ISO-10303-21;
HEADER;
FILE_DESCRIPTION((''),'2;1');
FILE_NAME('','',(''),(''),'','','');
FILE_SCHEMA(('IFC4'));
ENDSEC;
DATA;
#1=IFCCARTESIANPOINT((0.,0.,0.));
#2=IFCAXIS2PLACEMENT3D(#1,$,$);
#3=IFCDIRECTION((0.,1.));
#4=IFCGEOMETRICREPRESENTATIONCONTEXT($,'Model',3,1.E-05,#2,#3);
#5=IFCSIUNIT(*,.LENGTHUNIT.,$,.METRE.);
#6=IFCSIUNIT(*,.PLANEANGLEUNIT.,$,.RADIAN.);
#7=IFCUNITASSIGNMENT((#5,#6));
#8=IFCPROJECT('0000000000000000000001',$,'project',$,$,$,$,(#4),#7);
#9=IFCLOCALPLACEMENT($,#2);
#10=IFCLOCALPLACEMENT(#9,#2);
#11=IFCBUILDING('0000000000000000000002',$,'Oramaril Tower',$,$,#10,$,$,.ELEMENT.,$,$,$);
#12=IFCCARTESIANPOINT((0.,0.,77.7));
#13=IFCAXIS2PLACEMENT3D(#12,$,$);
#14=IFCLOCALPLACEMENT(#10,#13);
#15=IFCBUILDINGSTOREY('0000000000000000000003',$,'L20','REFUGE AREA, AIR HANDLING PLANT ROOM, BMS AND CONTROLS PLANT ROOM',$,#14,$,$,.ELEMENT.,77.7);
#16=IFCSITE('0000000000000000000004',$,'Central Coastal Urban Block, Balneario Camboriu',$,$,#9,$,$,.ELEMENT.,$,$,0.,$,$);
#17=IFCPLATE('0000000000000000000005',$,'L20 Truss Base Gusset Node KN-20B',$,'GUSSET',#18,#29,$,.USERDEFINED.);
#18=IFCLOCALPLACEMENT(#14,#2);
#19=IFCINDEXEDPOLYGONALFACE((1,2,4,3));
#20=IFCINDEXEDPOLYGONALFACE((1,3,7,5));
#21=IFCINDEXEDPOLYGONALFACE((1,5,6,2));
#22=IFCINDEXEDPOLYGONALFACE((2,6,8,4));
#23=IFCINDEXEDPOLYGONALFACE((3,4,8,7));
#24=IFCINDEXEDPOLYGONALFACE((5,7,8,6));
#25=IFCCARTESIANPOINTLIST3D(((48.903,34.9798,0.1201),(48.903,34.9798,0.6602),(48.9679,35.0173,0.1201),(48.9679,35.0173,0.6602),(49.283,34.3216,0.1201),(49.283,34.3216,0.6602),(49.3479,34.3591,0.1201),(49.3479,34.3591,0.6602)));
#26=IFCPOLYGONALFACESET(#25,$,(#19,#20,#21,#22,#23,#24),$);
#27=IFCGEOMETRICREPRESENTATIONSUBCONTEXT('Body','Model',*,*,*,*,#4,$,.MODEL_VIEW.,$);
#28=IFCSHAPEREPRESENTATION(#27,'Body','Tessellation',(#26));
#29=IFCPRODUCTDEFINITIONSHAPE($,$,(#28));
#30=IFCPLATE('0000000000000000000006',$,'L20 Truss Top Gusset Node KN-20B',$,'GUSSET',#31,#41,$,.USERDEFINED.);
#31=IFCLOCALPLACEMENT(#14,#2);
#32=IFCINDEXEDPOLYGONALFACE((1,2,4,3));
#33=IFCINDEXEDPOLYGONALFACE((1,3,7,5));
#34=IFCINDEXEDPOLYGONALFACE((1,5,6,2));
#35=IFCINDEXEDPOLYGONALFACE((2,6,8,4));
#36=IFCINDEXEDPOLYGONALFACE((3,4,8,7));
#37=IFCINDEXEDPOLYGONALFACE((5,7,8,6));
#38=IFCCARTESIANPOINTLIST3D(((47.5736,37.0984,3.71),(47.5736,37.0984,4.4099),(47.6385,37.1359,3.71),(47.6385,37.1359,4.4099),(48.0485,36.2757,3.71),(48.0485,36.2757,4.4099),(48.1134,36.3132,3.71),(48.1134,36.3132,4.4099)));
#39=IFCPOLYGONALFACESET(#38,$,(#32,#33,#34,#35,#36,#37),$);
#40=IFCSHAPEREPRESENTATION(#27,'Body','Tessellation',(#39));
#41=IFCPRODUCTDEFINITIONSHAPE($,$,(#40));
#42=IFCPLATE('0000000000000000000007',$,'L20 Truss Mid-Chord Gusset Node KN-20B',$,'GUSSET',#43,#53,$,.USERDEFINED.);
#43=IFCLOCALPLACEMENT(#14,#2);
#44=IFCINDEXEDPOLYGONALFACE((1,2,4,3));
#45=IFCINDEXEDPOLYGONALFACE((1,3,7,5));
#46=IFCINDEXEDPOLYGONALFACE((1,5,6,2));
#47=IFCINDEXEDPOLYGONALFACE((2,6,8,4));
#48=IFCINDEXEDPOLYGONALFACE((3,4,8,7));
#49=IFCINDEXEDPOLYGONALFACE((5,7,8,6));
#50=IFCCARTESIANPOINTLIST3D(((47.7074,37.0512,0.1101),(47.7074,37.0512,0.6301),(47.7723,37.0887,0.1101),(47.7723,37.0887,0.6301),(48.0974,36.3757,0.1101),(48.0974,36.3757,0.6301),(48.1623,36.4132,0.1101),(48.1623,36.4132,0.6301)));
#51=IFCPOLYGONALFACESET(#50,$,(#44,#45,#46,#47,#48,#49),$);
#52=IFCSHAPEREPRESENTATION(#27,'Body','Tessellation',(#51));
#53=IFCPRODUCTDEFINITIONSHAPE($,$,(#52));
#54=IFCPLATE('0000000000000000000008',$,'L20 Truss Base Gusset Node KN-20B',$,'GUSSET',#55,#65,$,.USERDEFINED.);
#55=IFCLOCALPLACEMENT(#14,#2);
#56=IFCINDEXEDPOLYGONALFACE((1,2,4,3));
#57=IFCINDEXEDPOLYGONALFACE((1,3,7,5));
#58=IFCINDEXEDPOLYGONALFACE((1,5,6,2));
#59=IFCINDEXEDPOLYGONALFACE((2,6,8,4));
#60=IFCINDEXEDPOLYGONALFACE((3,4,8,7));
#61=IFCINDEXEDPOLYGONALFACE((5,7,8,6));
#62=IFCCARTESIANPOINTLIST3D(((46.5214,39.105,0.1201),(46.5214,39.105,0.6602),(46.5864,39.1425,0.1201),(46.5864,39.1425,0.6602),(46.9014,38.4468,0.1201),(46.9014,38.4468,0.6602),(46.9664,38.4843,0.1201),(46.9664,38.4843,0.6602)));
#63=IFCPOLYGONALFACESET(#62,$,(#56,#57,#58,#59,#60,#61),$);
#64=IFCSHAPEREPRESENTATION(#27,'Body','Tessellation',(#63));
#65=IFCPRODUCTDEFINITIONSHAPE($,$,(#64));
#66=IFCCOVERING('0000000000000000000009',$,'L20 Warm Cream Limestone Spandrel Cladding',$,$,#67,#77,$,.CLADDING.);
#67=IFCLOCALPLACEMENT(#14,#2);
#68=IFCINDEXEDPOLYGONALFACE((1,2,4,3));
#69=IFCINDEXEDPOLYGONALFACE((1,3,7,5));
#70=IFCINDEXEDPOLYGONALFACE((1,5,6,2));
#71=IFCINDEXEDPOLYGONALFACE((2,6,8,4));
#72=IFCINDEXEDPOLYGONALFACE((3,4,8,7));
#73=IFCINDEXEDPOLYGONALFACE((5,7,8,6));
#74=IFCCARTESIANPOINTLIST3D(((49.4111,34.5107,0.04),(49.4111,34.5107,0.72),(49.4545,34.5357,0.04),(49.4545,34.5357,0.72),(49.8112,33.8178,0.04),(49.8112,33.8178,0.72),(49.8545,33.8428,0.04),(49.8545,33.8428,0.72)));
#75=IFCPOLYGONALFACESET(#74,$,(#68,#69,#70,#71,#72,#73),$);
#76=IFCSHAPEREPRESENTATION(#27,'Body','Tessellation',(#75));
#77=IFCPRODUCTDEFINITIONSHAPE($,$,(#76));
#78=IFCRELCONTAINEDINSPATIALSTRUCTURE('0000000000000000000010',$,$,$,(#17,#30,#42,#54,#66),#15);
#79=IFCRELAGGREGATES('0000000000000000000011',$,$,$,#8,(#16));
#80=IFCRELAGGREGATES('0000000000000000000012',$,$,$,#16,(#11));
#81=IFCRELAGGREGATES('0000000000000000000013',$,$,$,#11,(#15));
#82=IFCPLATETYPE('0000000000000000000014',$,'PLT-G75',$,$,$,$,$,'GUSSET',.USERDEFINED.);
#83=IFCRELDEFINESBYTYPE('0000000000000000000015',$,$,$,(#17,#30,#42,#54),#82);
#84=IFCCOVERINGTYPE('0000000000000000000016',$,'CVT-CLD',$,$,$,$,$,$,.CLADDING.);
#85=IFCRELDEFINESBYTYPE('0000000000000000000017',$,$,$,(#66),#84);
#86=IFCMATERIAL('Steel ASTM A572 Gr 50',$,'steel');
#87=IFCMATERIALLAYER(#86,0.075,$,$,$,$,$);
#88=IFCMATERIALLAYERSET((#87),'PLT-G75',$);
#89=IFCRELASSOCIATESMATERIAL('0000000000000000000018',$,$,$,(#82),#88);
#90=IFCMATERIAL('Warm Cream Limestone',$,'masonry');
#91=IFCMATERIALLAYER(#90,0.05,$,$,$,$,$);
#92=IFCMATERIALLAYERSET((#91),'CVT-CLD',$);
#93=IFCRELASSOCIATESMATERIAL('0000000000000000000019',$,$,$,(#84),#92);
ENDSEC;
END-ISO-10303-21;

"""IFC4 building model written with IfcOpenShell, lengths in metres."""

from ifc_helpers import new_model, si_unit, direction, frame, origin, origin_2d, place, context, subcontext, project, spatial, rectangle, extrude, material, layer, layer_set, type_object, element, save


model = new_model("IFC4")

# Units and contexts
model_context = context("Model", 3, precision=1e-05, world=origin(), true_north=direction((0.0, 1.0)))
body_context = subcontext(model_context, "Body", "Model", "MODEL_VIEW")
ifc_project = project(units=[si_unit("LENGTHUNIT", "METRE"), si_unit("PLANEANGLEUNIT", "RADIAN")], contexts=[model_context])

# Site, building, storey
site_placement = place(None, origin())
site = spatial("IfcSite", under=ifc_project, at=site_placement, Name="Central Coastal Urban Block, Balneario Camboriu", CompositionType="ELEMENT", RefElevation=0.0)
building_placement = place(site_placement, origin())
building = spatial("IfcBuilding", under=site, at=building_placement, Name="Oramaril Tower", CompositionType="ELEMENT")
storey_placement = place(building_placement, frame((0.0, 0.0, 77.7)))
storey = spatial("IfcBuildingStorey", under=building, at=storey_placement, Name="L20", Description="REFUGE AREA, AIR HANDLING PLANT ROOM, BMS AND CONTROLS PLANT ROOM", CompositionType="ELEMENT", Elevation=77.7)

# Plates
ifc_material_1 = material(Name="Steel ASTM A572 Gr 50", Category="steel")
ifc_layer_1 = layer(ifc_material_1, 0.075)
ifc_layer_set_1 = layer_set([ifc_layer_1], Name="PLT-G75")
plate_type = type_object("IfcPlateType", Name="PLT-G75", ElementType="GUSSET", PredefinedType="USERDEFINED", material=ifc_layer_set_1)
plate_1_placement = place(storey_placement, frame((49.1255, 34.6694, 0.1201), z_axis=(0.0, 0.0, 1.0), x_axis=(-0.500002, 0.866025, 0.0)))
element("IfcPlate", 1, at=plate_1_placement, inside=storey, type_object=plate_type, Name="L20 Truss Base Gusset Node KN-20B", ObjectType="GUSSET", PredefinedType="USERDEFINED", context=body_context, shape_type="SweptSolid", body=[
    extrude(rectangle(XDim=0.76, YDim=0.075, at=origin_2d()), origin(), (0.0, 0.0, 1.0), 0.54),
])
plate_2_placement = place(storey_placement, frame((47.8435, 36.7058, 3.71), z_axis=(0.0, 0.0, 1.0), x_axis=(-0.499995, 0.866028, 0.0)))
element("IfcPlate", 2, at=plate_2_placement, inside=storey, type_object=plate_type, Name="L20 Truss Top Gusset Node KN-20B", ObjectType="GUSSET", PredefinedType="USERDEFINED", context=body_context, shape_type="SweptSolid", body=[
    extrude(rectangle(XDim=0.95, YDim=0.075, at=origin_2d()), origin(), (0.0, 0.0, 1.0), 0.7),
])
plate_3_placement = place(storey_placement, frame((47.9348, 36.7322, 0.1101), z_axis=(0.0, 0.0, 1.0), x_axis=(-0.499995, 0.866028, 0.0)))
element("IfcPlate", 3, at=plate_3_placement, inside=storey, type_object=plate_type, Name="L20 Truss Mid-Chord Gusset Node KN-20B", ObjectType="GUSSET", PredefinedType="USERDEFINED", context=body_context, shape_type="SweptSolid", body=[
    extrude(rectangle(XDim=0.78, YDim=0.075, at=origin_2d()), origin(), (0.0, 0.0, 1.0), 0.52),
])
plate_4_placement = place(storey_placement, frame((46.7439, 38.7947, 0.1201), z_axis=(0.0, 0.0, 1.0), x_axis=(-0.499995, 0.866028, 0.0)))
element("IfcPlate", 4, at=plate_4_placement, inside=storey, type_object=plate_type, Name="L20 Truss Base Gusset Node KN-20B", ObjectType="GUSSET", PredefinedType="USERDEFINED", context=body_context, shape_type="SweptSolid", body=[
    extrude(rectangle(XDim=0.76, YDim=0.075, at=origin_2d()), origin(), (0.0, 0.0, 1.0), 0.54),
])

# Covering
ifc_material_2 = material(Name="Warm Cream Limestone", Category="masonry")
ifc_layer_2 = layer(ifc_material_2, 0.05)
ifc_layer_set_2 = layer_set([ifc_layer_2], Name="CVT-CLD")
covering_type = type_object("IfcCoveringType", Name="CVT-CLD", PredefinedType="CLADDING", material=ifc_layer_set_2)
covering_placement = place(storey_placement, frame((49.6328, 34.1768, 0.04), z_axis=(0.0, 0.0, 1.0), x_axis=(-0.499998, 0.866026, 0.0)))
element("IfcCovering", 5, at=covering_placement, inside=storey, type_object=covering_type, Name="L20 Warm Cream Limestone Spandrel Cladding", PredefinedType="CLADDING", context=body_context, shape_type="SweptSolid", body=[
    extrude(rectangle(XDim=0.8, YDim=0.05, at=origin_2d()), origin(), (0.0, 0.0, 1.0), 0.6799),
])

save(model, "model.ifc")
